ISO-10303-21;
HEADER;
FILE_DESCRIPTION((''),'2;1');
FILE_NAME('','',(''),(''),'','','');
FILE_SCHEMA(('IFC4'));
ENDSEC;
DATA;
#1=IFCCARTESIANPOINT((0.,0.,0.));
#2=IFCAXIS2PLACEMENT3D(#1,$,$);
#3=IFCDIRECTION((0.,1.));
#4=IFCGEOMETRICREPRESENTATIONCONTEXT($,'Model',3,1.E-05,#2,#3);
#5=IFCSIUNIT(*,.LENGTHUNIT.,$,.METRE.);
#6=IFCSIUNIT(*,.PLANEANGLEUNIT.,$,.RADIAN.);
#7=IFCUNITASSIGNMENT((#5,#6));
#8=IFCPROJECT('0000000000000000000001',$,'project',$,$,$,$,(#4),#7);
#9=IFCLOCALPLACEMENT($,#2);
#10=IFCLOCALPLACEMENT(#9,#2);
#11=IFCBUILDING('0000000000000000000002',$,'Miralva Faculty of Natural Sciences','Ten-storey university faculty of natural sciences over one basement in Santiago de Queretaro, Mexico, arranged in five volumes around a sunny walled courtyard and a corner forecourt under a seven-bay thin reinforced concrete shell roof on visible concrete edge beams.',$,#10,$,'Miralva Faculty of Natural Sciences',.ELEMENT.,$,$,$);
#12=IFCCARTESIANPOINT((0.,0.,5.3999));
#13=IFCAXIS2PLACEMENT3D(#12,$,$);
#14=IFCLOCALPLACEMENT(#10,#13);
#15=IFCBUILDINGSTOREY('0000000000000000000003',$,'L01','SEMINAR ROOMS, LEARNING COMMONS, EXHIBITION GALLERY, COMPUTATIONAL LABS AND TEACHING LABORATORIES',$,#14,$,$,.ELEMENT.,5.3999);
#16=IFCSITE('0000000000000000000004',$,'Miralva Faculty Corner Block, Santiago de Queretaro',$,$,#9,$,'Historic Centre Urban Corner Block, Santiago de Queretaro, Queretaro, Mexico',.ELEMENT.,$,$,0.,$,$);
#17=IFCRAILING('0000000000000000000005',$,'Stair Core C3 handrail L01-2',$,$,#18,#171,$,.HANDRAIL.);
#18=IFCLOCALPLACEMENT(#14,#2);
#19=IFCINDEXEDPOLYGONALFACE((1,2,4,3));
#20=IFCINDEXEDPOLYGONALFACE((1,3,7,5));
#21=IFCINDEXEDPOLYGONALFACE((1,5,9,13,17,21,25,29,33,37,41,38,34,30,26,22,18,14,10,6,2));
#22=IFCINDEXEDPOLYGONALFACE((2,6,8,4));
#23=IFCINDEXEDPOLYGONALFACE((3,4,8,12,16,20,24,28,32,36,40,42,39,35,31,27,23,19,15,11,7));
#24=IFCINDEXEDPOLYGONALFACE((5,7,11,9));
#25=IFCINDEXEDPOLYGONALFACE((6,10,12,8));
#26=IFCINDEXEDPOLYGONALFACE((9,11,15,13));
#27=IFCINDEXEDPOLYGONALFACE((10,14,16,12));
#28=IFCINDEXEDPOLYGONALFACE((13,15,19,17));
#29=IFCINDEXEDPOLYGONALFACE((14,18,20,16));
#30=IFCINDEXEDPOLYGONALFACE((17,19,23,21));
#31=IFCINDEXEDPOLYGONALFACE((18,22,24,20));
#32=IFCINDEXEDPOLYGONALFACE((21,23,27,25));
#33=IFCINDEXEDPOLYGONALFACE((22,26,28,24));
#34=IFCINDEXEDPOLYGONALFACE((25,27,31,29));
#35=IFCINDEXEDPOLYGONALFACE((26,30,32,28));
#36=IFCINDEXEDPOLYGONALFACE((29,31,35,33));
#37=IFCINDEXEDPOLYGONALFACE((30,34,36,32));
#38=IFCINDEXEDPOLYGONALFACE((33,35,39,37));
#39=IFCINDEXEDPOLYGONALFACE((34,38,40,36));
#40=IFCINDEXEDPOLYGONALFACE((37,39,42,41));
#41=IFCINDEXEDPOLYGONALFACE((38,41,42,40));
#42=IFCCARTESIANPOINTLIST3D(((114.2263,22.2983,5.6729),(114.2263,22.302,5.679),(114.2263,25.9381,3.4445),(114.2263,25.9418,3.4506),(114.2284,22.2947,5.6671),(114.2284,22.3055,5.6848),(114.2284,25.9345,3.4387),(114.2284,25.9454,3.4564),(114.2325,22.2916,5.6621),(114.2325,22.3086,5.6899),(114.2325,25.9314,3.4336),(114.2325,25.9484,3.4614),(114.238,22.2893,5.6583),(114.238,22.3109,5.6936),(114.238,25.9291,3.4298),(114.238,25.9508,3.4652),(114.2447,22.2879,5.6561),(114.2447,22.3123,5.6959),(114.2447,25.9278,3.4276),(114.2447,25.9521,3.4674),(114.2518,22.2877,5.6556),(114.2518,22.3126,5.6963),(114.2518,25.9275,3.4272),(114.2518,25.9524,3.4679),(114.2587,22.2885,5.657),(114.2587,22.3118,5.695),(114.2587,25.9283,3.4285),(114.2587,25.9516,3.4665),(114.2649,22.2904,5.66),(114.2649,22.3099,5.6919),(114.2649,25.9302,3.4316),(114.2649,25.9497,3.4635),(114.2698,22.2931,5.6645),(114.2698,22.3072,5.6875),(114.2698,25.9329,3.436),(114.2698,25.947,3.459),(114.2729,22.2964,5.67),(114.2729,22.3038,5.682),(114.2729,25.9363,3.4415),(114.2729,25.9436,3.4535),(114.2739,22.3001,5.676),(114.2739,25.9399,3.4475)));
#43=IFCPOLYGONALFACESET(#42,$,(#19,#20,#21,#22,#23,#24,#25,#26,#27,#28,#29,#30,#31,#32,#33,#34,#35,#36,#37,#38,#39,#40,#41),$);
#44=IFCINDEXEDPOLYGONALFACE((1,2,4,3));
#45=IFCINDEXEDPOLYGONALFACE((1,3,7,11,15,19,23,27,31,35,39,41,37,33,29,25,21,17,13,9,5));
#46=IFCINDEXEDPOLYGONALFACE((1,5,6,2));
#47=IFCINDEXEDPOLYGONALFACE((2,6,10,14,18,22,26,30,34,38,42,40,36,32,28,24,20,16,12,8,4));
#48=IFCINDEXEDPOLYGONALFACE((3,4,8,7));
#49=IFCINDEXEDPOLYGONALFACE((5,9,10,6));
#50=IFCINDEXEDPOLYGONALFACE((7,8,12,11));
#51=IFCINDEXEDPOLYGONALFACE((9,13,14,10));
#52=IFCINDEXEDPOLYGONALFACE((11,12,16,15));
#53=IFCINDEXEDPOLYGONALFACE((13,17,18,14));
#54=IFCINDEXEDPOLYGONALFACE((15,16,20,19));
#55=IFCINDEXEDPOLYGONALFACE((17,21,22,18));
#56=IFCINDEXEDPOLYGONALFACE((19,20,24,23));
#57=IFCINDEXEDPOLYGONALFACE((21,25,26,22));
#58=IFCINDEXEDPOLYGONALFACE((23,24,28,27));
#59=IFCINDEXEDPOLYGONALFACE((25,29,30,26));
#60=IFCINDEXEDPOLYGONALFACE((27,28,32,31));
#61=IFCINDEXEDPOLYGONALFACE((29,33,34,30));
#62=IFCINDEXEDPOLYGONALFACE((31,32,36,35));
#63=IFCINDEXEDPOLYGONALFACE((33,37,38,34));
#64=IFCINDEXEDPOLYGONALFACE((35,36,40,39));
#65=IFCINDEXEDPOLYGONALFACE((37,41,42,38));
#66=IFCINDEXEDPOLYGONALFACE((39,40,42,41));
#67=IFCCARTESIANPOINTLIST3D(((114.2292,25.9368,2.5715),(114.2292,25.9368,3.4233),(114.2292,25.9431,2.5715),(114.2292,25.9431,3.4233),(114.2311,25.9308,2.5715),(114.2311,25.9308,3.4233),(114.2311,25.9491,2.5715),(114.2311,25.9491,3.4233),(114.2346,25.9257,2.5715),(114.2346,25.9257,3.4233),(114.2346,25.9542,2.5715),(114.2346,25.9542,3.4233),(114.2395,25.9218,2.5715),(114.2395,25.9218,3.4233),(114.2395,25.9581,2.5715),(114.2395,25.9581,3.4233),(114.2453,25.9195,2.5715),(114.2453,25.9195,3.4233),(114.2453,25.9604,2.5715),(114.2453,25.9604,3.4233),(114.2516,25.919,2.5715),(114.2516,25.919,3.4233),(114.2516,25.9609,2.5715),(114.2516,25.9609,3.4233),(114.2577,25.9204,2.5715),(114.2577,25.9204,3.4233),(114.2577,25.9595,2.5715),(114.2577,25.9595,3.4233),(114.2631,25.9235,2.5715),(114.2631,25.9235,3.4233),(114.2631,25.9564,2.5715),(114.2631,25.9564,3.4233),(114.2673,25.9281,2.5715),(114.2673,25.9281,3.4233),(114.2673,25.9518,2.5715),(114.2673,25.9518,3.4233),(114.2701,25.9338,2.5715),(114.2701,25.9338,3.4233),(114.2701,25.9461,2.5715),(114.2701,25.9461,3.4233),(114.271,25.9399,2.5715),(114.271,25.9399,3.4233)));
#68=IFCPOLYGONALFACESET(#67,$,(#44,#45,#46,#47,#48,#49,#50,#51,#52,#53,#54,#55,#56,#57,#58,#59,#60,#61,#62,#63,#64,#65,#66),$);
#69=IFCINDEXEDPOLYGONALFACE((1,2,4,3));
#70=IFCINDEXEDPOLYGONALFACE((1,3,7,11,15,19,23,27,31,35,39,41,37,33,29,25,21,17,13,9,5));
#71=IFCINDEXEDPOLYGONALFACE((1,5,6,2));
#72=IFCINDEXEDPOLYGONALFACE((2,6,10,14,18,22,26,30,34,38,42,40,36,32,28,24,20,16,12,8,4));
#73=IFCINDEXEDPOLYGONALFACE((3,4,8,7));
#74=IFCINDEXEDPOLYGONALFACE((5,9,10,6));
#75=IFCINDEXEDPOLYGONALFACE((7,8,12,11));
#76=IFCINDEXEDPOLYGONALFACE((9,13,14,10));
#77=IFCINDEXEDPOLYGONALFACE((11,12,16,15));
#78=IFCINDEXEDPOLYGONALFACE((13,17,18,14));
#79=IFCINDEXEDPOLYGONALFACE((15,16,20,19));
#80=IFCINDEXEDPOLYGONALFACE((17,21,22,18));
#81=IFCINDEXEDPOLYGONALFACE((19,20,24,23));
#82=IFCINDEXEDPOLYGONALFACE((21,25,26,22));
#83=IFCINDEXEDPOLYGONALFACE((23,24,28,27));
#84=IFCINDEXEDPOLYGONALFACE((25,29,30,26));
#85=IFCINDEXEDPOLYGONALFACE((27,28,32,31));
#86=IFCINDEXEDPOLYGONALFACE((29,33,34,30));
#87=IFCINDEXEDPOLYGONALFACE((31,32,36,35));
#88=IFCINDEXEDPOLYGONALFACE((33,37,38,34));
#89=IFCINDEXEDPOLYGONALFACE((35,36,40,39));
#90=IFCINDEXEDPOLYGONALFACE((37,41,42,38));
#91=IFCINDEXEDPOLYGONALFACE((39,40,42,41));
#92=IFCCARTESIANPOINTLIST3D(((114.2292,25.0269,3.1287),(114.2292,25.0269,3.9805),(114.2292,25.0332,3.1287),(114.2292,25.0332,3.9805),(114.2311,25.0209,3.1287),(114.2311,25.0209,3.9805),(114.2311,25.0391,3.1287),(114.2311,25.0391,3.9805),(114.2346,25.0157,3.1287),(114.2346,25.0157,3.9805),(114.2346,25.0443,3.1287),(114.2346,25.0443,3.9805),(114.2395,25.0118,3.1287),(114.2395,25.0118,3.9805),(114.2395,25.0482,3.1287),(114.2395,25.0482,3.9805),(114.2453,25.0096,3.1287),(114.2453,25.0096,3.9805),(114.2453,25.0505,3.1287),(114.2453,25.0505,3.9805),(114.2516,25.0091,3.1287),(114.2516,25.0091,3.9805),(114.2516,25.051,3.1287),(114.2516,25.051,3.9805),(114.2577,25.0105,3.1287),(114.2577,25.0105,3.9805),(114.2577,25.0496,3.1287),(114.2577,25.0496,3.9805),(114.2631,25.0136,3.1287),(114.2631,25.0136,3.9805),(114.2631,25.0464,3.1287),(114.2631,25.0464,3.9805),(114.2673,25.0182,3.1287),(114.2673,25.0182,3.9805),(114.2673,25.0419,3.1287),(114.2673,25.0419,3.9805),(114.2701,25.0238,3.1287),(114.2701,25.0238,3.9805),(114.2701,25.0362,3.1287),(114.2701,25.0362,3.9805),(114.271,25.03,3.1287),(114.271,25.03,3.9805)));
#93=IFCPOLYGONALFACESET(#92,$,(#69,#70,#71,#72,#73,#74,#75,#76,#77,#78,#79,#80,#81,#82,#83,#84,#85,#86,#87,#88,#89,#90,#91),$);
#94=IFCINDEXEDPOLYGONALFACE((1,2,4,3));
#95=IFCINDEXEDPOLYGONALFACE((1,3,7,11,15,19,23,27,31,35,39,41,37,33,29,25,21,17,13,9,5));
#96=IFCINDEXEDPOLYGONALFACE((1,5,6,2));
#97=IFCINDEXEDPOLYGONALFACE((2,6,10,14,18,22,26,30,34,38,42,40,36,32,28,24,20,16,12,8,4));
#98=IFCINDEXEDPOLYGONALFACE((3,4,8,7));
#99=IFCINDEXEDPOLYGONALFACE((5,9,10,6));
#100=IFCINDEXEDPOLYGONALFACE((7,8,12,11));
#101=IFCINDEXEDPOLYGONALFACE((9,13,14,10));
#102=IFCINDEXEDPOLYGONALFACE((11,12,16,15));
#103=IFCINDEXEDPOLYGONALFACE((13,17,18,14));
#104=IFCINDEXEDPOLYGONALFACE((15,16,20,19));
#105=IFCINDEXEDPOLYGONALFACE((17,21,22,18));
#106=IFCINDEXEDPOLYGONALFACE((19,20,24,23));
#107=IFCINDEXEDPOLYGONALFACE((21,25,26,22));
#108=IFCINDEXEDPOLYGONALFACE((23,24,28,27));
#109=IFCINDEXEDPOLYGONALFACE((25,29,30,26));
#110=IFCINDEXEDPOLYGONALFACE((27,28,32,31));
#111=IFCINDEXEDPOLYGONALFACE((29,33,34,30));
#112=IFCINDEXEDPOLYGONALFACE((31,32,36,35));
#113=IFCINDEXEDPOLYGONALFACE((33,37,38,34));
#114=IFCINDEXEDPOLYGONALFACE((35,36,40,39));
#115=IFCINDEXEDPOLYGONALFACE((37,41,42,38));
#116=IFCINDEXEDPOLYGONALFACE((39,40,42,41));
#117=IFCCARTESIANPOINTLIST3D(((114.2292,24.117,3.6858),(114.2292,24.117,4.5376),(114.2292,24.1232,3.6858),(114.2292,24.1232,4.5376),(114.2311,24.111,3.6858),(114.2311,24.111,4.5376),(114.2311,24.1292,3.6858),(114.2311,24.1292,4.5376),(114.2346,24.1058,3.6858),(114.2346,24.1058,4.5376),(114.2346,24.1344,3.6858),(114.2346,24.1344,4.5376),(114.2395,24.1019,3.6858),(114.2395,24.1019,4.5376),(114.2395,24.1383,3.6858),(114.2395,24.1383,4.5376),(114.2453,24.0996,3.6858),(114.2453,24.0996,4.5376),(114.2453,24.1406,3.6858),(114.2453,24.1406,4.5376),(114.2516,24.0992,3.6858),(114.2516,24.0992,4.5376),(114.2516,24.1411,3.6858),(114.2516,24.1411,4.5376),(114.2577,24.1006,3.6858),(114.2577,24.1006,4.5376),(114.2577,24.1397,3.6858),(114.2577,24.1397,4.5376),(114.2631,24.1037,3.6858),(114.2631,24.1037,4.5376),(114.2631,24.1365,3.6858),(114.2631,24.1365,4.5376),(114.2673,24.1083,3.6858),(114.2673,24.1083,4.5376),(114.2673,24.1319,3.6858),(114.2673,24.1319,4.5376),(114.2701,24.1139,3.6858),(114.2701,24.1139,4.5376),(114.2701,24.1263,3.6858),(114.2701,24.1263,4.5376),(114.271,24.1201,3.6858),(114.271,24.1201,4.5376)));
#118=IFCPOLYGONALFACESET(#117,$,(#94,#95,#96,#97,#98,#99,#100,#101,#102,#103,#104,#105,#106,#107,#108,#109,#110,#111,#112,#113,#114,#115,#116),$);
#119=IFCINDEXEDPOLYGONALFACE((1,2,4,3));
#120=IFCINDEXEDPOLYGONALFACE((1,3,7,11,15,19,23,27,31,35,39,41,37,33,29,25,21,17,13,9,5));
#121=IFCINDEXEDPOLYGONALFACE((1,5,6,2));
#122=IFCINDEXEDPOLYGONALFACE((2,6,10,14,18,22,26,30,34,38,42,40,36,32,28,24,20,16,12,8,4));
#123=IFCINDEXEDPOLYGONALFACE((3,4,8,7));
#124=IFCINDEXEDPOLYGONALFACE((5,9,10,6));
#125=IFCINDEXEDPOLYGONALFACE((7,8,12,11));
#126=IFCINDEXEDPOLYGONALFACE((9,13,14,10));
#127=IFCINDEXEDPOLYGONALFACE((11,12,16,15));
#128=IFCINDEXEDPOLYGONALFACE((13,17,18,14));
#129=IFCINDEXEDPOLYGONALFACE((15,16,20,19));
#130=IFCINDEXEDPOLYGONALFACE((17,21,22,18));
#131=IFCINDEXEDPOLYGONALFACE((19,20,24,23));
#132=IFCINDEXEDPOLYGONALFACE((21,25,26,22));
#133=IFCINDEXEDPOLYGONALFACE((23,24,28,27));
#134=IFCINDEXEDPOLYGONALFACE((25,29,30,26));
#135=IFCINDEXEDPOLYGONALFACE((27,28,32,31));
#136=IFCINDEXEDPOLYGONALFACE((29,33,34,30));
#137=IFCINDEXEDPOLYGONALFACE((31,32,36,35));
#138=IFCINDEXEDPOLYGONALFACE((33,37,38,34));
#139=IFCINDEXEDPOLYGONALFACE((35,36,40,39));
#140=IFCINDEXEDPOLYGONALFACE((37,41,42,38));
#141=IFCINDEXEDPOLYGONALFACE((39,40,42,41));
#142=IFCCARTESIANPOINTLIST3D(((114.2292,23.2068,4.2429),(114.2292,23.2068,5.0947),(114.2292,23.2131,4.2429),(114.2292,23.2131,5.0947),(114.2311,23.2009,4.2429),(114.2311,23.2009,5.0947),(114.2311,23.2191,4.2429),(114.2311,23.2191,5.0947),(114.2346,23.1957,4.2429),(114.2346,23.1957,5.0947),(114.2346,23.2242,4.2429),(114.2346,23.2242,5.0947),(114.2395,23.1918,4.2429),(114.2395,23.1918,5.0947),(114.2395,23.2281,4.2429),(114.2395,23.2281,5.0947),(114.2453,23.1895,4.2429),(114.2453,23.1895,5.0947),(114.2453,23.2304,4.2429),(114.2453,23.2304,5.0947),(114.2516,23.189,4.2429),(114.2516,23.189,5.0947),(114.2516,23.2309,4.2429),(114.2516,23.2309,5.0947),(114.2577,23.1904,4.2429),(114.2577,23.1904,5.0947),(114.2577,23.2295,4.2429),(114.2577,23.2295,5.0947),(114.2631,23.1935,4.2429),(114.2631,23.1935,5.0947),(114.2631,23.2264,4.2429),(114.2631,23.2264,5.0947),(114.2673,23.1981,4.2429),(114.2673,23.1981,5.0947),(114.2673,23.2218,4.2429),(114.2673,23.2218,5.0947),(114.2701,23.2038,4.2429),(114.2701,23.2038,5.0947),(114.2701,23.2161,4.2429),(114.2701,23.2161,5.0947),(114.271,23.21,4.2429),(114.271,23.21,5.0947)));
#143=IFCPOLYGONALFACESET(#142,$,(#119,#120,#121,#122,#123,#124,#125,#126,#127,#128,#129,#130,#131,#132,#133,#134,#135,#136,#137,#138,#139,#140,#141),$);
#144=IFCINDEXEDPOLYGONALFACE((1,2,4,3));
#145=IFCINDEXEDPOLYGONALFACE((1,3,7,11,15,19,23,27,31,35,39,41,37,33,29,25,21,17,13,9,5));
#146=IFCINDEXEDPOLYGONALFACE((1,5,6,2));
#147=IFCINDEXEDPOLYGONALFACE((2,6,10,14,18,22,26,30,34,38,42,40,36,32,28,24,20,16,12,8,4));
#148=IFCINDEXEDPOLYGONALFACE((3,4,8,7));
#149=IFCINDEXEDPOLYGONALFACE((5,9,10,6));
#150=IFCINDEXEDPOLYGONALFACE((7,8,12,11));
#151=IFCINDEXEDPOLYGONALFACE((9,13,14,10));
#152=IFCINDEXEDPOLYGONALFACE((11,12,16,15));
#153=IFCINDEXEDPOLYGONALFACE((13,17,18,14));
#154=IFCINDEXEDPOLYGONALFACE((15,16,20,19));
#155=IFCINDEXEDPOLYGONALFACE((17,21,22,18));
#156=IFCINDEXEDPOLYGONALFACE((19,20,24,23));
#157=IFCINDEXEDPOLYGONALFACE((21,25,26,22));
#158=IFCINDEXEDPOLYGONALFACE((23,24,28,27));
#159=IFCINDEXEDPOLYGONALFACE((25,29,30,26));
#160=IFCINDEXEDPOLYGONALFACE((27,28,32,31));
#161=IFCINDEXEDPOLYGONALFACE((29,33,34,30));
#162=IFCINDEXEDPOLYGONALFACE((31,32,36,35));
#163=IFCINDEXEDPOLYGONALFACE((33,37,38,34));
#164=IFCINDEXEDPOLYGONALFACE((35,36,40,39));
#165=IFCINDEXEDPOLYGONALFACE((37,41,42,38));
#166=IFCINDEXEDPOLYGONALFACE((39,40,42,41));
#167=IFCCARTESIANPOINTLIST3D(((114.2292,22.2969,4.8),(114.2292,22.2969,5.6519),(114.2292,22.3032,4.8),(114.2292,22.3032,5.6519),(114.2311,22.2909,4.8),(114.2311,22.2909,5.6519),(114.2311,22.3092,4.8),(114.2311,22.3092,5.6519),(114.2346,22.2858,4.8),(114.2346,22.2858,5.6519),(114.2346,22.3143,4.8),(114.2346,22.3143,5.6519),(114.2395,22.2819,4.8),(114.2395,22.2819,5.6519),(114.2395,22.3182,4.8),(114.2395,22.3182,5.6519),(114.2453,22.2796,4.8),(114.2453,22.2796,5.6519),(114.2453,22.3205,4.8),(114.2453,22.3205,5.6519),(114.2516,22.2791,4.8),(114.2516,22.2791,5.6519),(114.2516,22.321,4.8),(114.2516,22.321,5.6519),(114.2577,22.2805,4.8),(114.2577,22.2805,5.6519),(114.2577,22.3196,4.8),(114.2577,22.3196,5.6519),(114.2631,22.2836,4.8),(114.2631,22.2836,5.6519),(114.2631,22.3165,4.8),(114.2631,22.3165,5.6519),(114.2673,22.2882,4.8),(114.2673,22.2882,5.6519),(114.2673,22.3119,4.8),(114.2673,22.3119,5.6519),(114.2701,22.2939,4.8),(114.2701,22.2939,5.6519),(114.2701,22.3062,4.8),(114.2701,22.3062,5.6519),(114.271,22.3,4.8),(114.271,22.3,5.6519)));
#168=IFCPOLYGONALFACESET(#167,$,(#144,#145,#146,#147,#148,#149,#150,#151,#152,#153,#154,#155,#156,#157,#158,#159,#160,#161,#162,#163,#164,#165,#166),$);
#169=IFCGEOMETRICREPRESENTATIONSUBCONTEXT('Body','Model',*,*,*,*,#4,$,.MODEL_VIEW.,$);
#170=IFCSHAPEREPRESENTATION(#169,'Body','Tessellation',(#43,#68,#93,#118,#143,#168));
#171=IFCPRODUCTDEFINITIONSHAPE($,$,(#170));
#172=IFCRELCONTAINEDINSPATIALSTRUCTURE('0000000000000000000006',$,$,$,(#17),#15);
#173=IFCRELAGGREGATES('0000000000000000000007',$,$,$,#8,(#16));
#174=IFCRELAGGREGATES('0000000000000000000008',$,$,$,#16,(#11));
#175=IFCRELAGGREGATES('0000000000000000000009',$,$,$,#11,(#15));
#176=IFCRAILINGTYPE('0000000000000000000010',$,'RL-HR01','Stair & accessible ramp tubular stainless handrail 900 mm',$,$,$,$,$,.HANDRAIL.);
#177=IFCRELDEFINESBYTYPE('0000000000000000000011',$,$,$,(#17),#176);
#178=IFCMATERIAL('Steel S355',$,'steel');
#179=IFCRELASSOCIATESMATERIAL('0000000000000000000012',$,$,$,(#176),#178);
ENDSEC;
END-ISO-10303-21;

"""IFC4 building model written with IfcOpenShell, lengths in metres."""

from ifc_helpers import new_model, si_unit, direction, frame, origin, origin_2d, place, context, subcontext, project, spatial, circle, extrude, material, type_object, element, save


model = new_model("IFC4")

# Units and contexts
model_context = context("Model", 3, precision=1e-05, world=origin(), true_north=direction((0.0, 1.0)))
body_context = subcontext(model_context, "Body", "Model", "MODEL_VIEW")
ifc_project = project(units=[si_unit("LENGTHUNIT", "METRE"), si_unit("PLANEANGLEUNIT", "RADIAN")], contexts=[model_context])

# Site, building, storey
site_placement = place(None, origin())
site = spatial("IfcSite", under=ifc_project, at=site_placement, Name="Miralva Faculty Corner Block, Santiago de Queretaro", LongName="Historic Centre Urban Corner Block, Santiago de Queretaro, Queretaro, Mexico", CompositionType="ELEMENT", RefElevation=0.0)
building_placement = place(site_placement, origin())
building = spatial("IfcBuilding", under=site, at=building_placement, Name="Miralva Faculty of Natural Sciences", Description="Ten-storey university faculty of natural sciences over one basement in Santiago de Queretaro, Mexico, arranged in five volumes around a sunny walled courtyard and a corner forecourt under a seven-bay thin reinforced concrete shell roof on visible concrete edge beams.", LongName="Miralva Faculty of Natural Sciences", CompositionType="ELEMENT")
storey_placement = place(building_placement, frame((0.0, 0.0, 5.3999)))
storey = spatial("IfcBuildingStorey", under=building, at=storey_placement, Name="L01", Description="SEMINAR ROOMS, LEARNING COMMONS, EXHIBITION GALLERY, COMPUTATIONAL LABS AND TEACHING LABORATORIES", CompositionType="ELEMENT", Elevation=5.3999)

# Railing
ifc_material_1 = material(Name="Steel S355", Category="steel")
railing_type_1 = type_object("IfcRailingType", Name="RL-HR01", Description="Stair & accessible ramp tubular stainless handrail 900 mm", PredefinedType="HANDRAIL", material=ifc_material_1)
railing_1_placement = place(storey_placement, frame((114.25, 25.9399, 2.5715)))
element("IfcRailing", 1, at=railing_1_placement, inside=storey, type_object=railing_type_1, Name="Stair Core C3 handrail L01-2", PredefinedType="HANDRAIL", context=body_context, shape_type="SweptSolid", body=[
    extrude(circle(Radius=0.0239, at=origin_2d()), frame((0.0, 0.0, 0.876), z_axis=(0.0, -0.85285, 0.522156), x_axis=(1.0, 0.0, 0.0)), (0.0, 0.0, 1.0), 4.2678),
    extrude(circle(Radius=0.021, at=origin_2d()), origin(), (0.0, 0.0, 1.0), 0.8518),
    extrude(circle(Radius=0.021, at=origin_2d()), frame((0.0, -0.9099, 0.5571)), (0.0, 0.0, 1.0), 0.8518),
    extrude(circle(Radius=0.021, at=origin_2d()), frame((0.0, -1.8198, 1.1143)), (0.0, 0.0, 1.0), 0.8518),
    extrude(circle(Radius=0.021, at=origin_2d()), frame((0.0, -2.73, 1.6714)), (0.0, 0.0, 1.0), 0.8518),
    extrude(circle(Radius=0.021, at=origin_2d()), frame((0.0, -3.6399, 2.2285)), (0.0, 0.0, 1.0), 0.8518),
])

save(model, "model.ifc")
